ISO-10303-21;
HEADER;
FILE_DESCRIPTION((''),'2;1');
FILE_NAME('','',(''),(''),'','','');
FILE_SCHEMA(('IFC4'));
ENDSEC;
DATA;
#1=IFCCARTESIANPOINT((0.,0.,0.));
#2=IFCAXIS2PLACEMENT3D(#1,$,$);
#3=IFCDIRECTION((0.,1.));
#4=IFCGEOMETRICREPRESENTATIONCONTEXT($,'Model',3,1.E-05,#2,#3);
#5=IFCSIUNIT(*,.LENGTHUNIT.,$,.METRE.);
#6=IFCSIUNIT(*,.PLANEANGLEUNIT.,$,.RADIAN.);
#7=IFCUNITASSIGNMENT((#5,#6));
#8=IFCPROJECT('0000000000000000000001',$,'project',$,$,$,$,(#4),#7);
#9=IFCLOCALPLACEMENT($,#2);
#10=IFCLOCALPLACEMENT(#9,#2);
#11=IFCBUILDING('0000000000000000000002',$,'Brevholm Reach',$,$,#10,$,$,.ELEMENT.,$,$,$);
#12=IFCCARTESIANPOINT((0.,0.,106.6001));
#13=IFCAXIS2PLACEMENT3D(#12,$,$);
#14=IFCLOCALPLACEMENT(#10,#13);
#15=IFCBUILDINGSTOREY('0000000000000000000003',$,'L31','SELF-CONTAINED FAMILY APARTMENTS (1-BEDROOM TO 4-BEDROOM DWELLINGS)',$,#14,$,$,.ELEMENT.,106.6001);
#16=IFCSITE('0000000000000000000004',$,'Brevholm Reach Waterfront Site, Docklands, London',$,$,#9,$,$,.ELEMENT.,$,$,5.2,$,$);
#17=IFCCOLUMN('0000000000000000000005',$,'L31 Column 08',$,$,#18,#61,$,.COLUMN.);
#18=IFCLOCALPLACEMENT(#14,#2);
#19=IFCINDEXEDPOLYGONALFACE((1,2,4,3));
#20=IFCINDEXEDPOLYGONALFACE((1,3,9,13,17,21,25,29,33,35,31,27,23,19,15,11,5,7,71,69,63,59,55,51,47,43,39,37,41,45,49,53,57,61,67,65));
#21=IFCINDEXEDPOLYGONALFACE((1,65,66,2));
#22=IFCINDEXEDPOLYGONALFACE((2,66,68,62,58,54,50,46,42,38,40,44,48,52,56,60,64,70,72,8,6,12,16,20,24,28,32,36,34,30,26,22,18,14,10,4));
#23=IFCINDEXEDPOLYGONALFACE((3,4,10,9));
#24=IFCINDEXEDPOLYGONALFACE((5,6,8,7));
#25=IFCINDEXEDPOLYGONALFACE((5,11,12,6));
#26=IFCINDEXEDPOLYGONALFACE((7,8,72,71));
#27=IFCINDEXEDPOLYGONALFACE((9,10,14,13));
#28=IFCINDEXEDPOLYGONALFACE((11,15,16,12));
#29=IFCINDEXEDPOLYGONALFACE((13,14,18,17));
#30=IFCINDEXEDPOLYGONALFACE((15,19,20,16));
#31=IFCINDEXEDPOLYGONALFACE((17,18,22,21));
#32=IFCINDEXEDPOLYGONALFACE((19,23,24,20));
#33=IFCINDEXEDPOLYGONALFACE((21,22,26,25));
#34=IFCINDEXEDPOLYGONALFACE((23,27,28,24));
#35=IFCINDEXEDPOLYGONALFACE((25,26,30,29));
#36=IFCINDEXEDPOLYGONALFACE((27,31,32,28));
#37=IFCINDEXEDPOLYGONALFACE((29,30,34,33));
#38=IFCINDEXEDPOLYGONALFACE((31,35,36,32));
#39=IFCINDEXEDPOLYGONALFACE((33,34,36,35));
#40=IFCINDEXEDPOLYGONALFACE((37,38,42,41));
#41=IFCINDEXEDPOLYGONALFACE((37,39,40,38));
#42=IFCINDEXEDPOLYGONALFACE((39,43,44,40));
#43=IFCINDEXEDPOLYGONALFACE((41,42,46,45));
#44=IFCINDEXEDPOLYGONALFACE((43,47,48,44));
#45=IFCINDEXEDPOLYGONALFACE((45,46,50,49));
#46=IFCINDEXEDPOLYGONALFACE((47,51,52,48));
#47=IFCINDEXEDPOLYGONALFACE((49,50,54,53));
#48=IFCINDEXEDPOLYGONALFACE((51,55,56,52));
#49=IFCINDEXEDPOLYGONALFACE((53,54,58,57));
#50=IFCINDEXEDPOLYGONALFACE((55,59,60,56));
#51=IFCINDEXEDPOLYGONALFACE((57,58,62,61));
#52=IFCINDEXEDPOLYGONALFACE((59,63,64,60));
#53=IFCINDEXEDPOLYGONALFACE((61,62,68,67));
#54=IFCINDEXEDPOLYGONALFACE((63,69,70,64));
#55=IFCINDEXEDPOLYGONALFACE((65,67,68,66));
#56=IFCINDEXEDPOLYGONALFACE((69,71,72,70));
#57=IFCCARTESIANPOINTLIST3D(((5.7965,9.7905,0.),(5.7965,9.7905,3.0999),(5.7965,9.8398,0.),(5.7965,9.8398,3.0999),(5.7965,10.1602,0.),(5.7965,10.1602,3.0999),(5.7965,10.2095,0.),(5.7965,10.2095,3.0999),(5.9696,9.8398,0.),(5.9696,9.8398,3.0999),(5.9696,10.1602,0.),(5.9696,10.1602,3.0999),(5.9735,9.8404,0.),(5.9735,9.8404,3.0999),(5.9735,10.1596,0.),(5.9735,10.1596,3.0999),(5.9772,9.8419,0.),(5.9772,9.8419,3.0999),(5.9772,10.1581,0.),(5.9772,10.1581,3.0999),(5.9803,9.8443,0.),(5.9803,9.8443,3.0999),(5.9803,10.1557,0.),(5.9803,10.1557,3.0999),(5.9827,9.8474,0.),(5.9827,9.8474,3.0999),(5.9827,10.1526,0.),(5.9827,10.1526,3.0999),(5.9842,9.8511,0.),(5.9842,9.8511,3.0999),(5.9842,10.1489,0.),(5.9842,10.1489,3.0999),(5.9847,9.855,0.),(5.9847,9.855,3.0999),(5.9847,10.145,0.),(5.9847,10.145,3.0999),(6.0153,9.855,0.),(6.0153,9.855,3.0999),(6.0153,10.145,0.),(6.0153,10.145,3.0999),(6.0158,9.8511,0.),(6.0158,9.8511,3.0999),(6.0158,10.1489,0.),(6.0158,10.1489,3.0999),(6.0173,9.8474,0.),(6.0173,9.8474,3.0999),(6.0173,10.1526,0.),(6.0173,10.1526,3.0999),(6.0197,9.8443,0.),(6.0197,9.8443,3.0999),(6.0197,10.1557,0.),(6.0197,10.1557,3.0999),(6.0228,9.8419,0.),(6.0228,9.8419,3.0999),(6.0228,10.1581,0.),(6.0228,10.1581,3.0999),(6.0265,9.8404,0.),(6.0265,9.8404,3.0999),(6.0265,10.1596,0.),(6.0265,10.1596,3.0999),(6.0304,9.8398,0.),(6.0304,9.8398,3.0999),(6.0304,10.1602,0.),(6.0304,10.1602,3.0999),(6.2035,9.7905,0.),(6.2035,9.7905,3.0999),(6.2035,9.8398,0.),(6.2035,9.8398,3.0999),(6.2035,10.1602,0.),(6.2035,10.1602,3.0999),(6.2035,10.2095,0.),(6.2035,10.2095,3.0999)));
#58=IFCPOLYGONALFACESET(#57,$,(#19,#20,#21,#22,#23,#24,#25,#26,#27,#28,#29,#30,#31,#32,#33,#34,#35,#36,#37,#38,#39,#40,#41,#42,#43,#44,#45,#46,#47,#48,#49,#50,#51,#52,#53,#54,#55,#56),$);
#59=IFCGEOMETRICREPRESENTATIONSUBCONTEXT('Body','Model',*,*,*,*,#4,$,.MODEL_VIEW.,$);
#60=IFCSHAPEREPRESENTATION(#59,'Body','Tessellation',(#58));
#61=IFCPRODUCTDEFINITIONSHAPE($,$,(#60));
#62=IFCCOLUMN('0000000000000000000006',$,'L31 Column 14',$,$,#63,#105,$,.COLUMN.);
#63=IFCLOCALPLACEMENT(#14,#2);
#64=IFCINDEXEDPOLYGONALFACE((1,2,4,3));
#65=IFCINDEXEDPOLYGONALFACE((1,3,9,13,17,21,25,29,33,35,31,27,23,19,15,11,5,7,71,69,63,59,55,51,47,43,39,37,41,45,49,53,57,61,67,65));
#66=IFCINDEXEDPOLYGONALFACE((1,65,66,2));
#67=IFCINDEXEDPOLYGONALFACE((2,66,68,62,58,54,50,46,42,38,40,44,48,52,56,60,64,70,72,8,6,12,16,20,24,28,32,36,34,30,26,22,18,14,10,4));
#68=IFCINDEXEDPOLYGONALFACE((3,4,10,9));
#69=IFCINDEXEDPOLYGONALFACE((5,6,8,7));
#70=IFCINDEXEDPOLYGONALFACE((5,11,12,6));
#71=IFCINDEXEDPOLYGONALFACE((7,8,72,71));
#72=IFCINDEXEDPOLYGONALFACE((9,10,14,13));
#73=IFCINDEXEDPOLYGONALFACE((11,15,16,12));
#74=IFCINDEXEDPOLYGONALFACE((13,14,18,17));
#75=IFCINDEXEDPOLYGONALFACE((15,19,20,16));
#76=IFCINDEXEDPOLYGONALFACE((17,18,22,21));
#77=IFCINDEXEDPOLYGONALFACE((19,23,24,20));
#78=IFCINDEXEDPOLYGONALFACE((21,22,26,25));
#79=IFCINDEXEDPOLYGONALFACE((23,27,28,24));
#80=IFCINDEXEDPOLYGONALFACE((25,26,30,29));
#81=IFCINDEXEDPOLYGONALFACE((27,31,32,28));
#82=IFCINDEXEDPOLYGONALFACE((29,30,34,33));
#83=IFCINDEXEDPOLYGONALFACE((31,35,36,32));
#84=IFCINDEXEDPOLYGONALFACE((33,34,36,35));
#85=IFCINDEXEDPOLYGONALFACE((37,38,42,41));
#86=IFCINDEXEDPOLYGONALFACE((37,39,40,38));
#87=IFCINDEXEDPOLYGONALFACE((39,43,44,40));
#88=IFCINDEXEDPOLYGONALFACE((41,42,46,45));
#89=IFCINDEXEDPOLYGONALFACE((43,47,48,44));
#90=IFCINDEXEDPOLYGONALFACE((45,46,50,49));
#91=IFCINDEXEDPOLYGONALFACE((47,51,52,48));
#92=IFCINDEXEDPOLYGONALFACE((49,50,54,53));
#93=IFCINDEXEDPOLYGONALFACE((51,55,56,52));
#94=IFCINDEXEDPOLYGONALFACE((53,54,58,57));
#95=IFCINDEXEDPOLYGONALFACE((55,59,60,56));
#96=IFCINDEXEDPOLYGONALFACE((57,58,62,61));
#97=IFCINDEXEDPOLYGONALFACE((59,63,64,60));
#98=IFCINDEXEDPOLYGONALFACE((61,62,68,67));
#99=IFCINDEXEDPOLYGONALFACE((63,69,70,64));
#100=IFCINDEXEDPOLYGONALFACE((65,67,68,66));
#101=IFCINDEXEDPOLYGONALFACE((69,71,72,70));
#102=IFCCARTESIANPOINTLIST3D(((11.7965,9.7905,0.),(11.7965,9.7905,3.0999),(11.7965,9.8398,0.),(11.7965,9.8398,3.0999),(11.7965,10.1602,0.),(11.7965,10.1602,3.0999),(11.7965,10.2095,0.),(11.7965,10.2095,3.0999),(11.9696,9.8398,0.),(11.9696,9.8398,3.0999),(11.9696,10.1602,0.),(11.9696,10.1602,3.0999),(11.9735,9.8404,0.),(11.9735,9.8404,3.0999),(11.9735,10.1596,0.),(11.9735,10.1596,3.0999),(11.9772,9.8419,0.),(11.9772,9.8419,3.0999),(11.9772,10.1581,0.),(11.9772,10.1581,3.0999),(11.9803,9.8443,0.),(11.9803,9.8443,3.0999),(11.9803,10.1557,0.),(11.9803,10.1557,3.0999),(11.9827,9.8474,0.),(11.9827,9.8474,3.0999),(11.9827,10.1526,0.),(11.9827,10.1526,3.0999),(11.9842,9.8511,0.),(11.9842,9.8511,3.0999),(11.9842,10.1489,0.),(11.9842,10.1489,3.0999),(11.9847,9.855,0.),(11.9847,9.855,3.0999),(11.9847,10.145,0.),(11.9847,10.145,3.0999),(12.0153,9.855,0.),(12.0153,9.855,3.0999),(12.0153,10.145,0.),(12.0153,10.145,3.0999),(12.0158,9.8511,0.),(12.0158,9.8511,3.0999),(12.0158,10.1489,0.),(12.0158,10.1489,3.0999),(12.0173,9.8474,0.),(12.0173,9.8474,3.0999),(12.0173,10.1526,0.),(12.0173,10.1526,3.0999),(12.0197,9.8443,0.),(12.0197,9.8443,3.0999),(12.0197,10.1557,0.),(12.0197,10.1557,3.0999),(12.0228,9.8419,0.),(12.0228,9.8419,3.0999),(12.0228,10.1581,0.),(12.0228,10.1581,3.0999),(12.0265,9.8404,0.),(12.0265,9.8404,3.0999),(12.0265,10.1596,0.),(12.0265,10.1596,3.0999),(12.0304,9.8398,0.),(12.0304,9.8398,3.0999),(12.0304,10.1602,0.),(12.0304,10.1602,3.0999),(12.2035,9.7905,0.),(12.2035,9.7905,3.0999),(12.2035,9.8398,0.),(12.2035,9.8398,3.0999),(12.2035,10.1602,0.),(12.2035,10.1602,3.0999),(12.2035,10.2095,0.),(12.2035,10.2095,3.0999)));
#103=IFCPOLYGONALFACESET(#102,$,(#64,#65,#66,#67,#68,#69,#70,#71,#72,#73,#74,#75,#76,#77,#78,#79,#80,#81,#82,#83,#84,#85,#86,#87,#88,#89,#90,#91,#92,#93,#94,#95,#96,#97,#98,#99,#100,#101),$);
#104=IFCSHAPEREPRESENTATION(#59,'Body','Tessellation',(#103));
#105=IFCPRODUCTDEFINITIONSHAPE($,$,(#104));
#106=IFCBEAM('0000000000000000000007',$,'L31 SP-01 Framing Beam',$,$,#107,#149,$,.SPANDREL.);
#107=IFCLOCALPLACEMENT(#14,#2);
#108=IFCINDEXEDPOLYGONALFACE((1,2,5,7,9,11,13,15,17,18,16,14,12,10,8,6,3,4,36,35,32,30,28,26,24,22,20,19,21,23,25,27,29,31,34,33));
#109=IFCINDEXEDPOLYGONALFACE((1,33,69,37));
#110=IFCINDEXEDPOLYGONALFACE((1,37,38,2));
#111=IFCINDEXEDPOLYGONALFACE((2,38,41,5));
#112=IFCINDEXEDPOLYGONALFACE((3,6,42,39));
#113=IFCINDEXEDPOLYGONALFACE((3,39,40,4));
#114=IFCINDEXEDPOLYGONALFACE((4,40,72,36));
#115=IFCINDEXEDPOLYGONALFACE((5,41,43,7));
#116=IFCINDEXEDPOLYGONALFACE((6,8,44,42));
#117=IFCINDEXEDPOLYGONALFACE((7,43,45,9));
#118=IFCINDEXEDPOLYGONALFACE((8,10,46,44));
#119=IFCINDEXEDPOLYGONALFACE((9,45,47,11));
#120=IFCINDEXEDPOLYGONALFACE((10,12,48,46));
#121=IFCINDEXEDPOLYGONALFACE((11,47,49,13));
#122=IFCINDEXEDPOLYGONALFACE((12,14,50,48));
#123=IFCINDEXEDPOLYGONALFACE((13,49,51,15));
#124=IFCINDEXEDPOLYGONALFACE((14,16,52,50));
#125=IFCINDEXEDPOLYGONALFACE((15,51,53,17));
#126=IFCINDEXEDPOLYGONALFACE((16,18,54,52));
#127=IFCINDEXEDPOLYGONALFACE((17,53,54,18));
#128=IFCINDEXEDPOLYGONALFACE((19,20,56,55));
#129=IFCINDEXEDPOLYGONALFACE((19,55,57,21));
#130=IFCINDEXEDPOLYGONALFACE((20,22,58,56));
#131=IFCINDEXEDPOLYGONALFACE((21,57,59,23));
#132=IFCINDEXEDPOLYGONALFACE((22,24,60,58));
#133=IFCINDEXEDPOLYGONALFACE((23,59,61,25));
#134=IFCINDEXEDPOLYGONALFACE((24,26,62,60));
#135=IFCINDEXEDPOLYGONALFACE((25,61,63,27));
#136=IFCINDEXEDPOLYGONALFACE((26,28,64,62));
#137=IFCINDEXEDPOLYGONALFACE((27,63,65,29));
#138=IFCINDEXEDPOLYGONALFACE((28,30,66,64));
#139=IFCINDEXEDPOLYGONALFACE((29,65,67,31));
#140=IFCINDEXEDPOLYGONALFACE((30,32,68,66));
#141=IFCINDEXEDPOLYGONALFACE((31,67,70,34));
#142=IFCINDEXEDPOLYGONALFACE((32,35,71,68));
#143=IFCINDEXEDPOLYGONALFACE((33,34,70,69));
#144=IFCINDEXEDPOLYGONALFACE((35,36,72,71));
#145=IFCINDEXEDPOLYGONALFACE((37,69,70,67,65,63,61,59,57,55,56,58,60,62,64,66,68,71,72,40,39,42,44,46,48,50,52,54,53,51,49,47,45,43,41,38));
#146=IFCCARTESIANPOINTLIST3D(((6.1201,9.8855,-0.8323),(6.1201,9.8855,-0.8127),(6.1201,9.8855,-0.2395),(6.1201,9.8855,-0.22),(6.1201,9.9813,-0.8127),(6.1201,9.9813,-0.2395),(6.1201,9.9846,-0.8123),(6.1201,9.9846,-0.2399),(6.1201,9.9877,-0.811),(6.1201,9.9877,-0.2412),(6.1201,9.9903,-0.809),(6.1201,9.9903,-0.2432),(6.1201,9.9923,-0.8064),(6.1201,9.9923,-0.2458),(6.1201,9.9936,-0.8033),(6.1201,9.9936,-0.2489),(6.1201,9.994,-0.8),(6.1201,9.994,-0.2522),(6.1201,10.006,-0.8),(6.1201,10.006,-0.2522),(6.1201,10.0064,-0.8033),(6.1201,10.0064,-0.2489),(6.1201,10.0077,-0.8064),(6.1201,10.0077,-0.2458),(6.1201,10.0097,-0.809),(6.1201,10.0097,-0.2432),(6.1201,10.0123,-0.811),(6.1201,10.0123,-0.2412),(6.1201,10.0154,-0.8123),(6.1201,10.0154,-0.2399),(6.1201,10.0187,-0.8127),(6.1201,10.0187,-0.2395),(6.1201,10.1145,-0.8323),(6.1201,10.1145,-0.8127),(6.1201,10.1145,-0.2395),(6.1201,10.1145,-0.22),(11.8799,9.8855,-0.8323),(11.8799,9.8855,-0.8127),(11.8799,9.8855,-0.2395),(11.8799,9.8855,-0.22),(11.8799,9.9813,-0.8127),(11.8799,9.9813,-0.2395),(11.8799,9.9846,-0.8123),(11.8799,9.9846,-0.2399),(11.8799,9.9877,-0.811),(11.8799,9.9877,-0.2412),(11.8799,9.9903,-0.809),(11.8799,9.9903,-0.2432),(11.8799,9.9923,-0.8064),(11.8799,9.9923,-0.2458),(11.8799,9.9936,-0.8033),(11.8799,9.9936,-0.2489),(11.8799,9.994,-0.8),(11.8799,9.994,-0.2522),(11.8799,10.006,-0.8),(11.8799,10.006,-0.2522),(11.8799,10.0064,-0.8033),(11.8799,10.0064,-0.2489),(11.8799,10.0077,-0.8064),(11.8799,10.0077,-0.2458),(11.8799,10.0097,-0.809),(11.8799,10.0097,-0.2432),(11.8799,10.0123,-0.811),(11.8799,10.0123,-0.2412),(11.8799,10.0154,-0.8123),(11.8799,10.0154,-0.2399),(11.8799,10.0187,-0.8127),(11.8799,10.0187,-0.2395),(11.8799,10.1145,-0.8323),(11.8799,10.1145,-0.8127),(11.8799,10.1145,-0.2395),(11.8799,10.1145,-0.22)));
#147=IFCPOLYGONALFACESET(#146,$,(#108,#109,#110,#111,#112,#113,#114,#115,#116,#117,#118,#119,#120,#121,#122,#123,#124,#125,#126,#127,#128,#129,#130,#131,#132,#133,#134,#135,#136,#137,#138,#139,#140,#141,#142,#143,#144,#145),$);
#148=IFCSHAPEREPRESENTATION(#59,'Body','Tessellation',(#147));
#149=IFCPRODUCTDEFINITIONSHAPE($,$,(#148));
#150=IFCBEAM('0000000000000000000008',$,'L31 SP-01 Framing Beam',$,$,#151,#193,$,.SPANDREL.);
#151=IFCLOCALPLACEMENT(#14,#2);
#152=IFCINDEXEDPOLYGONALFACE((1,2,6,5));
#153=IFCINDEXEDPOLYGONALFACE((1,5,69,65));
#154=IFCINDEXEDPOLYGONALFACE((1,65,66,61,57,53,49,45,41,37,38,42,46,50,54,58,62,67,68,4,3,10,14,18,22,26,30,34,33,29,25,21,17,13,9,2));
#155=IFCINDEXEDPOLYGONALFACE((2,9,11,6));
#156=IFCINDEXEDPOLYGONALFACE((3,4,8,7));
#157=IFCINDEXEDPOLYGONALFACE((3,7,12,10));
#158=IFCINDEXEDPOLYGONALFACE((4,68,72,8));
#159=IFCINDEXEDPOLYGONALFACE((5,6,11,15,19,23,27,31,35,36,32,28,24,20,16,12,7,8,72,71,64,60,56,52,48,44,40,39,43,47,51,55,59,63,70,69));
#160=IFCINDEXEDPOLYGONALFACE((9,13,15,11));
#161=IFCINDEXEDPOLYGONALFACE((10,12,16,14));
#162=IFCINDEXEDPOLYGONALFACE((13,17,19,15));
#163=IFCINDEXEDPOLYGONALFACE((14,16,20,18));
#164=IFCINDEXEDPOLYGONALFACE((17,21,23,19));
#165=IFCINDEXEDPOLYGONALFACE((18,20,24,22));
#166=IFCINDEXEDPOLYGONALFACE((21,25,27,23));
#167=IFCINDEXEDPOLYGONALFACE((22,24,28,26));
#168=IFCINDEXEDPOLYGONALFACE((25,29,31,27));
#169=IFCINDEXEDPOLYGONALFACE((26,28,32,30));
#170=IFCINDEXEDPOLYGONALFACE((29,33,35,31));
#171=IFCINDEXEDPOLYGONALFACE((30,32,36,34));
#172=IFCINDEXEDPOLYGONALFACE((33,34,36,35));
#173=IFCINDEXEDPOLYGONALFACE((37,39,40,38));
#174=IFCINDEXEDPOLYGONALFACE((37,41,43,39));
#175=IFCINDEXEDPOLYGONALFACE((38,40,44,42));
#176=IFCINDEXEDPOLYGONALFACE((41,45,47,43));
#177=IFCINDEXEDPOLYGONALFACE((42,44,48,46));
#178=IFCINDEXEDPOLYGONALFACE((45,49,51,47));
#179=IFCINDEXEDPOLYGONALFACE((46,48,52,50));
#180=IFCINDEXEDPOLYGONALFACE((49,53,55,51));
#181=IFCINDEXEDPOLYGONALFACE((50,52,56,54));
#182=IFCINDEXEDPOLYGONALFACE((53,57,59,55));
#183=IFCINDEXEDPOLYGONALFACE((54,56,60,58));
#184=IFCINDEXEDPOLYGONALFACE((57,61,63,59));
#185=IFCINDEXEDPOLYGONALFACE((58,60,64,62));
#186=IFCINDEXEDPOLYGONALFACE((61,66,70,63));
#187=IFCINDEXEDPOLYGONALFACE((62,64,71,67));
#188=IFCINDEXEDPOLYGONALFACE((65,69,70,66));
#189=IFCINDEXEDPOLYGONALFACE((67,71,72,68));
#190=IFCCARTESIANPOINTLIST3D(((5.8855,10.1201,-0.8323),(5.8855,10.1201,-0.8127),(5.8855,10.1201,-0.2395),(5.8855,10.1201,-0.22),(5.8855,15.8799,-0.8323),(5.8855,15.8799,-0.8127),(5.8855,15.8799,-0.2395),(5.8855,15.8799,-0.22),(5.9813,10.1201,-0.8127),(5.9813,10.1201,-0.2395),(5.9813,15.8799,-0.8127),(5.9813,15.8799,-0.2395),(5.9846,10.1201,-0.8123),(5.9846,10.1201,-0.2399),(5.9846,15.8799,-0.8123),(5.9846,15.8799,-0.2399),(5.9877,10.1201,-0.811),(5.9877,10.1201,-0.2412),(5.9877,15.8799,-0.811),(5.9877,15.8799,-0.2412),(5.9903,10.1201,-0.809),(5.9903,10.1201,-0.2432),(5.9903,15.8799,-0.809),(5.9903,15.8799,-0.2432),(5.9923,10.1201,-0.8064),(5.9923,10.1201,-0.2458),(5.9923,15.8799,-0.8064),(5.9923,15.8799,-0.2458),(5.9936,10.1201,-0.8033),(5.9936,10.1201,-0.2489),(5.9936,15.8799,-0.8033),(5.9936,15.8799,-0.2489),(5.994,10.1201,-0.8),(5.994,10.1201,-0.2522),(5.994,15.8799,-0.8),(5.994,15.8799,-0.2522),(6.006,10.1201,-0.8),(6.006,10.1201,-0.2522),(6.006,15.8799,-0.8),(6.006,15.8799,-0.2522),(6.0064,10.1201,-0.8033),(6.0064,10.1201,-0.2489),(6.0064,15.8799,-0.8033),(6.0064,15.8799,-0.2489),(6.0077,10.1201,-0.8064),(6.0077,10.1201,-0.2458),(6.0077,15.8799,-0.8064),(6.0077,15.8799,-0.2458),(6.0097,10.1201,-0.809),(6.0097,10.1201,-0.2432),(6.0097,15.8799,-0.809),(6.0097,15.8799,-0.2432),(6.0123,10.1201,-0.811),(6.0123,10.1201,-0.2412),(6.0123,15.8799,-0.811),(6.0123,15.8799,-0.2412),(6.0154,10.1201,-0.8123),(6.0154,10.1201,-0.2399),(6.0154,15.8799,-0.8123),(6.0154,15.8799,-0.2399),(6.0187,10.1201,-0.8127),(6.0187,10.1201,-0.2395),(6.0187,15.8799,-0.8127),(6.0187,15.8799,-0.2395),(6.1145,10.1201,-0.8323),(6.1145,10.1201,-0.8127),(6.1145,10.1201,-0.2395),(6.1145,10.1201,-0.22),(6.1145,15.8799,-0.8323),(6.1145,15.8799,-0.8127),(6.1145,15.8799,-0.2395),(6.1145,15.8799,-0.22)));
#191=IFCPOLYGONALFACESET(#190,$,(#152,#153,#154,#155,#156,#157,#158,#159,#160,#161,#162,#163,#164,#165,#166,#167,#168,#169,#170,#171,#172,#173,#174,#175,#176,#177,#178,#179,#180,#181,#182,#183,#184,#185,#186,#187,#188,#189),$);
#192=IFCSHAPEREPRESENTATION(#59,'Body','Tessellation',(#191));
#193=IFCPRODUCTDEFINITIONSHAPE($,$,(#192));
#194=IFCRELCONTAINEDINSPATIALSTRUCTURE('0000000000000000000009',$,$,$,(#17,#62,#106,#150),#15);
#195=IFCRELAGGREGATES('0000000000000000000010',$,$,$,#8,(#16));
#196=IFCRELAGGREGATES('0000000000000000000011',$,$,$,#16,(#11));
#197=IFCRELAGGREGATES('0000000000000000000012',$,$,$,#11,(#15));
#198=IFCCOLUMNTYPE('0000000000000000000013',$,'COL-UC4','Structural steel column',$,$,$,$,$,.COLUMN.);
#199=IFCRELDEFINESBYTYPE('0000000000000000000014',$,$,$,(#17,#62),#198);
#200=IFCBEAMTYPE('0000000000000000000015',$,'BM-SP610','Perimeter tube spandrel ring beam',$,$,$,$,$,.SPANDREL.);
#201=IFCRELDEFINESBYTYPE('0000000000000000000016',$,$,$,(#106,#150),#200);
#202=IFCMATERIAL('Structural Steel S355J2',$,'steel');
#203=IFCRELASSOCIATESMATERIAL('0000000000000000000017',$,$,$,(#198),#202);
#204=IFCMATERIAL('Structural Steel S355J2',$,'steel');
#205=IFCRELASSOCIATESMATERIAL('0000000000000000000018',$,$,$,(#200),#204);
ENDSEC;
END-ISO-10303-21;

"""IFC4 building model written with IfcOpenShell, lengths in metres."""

from ifc_helpers import new_model, si_unit, direction, frame, origin, origin_2d, place, context, subcontext, project, spatial, i_section, extrude, material, material_profile, profile_set, type_object, element, save


model = new_model("IFC4")

# Units and contexts
model_context = context("Model", 3, precision=1e-05, world=origin(), true_north=direction((0.0, 1.0)))
body_context = subcontext(model_context, "Body", "Model", "MODEL_VIEW")
ifc_project = project(units=[si_unit("LENGTHUNIT", "METRE"), si_unit("PLANEANGLEUNIT", "RADIAN")], contexts=[model_context])

# Site, building, storey
site_placement = place(None, origin())
site = spatial("IfcSite", under=ifc_project, at=site_placement, Name="Brevholm Reach Waterfront Site, Docklands, London", CompositionType="ELEMENT", RefElevation=5.2)
building_placement = place(site_placement, origin())
building = spatial("IfcBuilding", under=site, at=building_placement, Name="Brevholm Reach", CompositionType="ELEMENT")
storey_placement = place(building_placement, frame((0.0, 0.0, 106.6001)))
storey = spatial("IfcBuildingStorey", under=building, at=storey_placement, Name="L31", Description="SELF-CONTAINED FAMILY APARTMENTS (1-BEDROOM TO 4-BEDROOM DWELLINGS)", CompositionType="ELEMENT", Elevation=106.6001)

# Columns
ifc_material_1 = material(Name="Structural Steel S355J2", Category="steel")
ifc_material_profile_1 = material_profile(ifc_material_1, i_section(OverallWidth=0.407, OverallDepth=0.4189, WebThickness=0.0305, FlangeThickness=0.0493, FilletRadius=0.0151, at=origin_2d()), Name="UKC 356x406x393")
ifc_profile_set_1 = profile_set([ifc_material_profile_1], Name="Structural Steel S355J2")
column_type = type_object("IfcColumnType", Name="COL-UC4", Description="Structural steel column", PredefinedType="COLUMN", material=ifc_profile_set_1)
for number, where, z_axis, x_axis, name in (
    (1, (6.0, 10.0, 0.0), (0.0, 0.0, 1.0), (1.0, 0.0, 0.0), "L31 Column 08"),
    (2, (12.0, 10.0, 0.0), (0.0, 0.0, 1.0), (1.0, 0.0, 0.0), "L31 Column 14"),
):
    element("IfcColumn", number, at=place(storey_placement, frame(where, z_axis=z_axis, x_axis=x_axis)), inside=storey, type_object=column_type, Name=name, PredefinedType="COLUMN", context=body_context, shape_type="SweptSolid", body=[
        extrude(i_section(OverallWidth=0.407, OverallDepth=0.4189, WebThickness=0.0305, FlangeThickness=0.0493, FilletRadius=0.0151, at=origin_2d()), origin(), (0.0, 0.0, 1.0), 3.0999),
    ])

# Beams
ifc_material_2 = material(Name="Structural Steel S355J2", Category="steel")
ifc_material_profile_2 = material_profile(ifc_material_2, i_section(OverallWidth=0.229, OverallDepth=0.6123, WebThickness=0.012, FlangeThickness=0.0195, FilletRadius=0.0127, at=origin_2d()), Name="UKB 610x229x125")
ifc_profile_set_2 = profile_set([ifc_material_profile_2], Name="Structural Steel S355J2")
beam_type = type_object("IfcBeamType", Name="BM-SP610", Description="Perimeter tube spandrel ring beam", PredefinedType="SPANDREL", material=ifc_profile_set_2)
for number, where, z_axis, x_axis, name in (
    (3, (6.1201, 10.0, -0.5261), (1.0, 0.0, 0.0), (0.0, 1.0, 0.0), "L31 SP-01 Framing Beam"),
    (4, (6.0, 10.1201, -0.5261), (0.0, 1.0, 0.0), (-1.0, 0.0, 0.0), "L31 SP-01 Framing Beam"),
):
    element("IfcBeam", number, at=place(storey_placement, frame(where, z_axis=z_axis, x_axis=x_axis)), inside=storey, type_object=beam_type, Name=name, PredefinedType="SPANDREL", context=body_context, shape_type="SweptSolid", body=[
        extrude(i_section(OverallWidth=0.229, OverallDepth=0.6123, WebThickness=0.012, FlangeThickness=0.0195, FilletRadius=0.0127, at=origin_2d()), origin(), (0.0, 0.0, 1.0), 5.7598),
    ])

save(model, "model.ifc")
